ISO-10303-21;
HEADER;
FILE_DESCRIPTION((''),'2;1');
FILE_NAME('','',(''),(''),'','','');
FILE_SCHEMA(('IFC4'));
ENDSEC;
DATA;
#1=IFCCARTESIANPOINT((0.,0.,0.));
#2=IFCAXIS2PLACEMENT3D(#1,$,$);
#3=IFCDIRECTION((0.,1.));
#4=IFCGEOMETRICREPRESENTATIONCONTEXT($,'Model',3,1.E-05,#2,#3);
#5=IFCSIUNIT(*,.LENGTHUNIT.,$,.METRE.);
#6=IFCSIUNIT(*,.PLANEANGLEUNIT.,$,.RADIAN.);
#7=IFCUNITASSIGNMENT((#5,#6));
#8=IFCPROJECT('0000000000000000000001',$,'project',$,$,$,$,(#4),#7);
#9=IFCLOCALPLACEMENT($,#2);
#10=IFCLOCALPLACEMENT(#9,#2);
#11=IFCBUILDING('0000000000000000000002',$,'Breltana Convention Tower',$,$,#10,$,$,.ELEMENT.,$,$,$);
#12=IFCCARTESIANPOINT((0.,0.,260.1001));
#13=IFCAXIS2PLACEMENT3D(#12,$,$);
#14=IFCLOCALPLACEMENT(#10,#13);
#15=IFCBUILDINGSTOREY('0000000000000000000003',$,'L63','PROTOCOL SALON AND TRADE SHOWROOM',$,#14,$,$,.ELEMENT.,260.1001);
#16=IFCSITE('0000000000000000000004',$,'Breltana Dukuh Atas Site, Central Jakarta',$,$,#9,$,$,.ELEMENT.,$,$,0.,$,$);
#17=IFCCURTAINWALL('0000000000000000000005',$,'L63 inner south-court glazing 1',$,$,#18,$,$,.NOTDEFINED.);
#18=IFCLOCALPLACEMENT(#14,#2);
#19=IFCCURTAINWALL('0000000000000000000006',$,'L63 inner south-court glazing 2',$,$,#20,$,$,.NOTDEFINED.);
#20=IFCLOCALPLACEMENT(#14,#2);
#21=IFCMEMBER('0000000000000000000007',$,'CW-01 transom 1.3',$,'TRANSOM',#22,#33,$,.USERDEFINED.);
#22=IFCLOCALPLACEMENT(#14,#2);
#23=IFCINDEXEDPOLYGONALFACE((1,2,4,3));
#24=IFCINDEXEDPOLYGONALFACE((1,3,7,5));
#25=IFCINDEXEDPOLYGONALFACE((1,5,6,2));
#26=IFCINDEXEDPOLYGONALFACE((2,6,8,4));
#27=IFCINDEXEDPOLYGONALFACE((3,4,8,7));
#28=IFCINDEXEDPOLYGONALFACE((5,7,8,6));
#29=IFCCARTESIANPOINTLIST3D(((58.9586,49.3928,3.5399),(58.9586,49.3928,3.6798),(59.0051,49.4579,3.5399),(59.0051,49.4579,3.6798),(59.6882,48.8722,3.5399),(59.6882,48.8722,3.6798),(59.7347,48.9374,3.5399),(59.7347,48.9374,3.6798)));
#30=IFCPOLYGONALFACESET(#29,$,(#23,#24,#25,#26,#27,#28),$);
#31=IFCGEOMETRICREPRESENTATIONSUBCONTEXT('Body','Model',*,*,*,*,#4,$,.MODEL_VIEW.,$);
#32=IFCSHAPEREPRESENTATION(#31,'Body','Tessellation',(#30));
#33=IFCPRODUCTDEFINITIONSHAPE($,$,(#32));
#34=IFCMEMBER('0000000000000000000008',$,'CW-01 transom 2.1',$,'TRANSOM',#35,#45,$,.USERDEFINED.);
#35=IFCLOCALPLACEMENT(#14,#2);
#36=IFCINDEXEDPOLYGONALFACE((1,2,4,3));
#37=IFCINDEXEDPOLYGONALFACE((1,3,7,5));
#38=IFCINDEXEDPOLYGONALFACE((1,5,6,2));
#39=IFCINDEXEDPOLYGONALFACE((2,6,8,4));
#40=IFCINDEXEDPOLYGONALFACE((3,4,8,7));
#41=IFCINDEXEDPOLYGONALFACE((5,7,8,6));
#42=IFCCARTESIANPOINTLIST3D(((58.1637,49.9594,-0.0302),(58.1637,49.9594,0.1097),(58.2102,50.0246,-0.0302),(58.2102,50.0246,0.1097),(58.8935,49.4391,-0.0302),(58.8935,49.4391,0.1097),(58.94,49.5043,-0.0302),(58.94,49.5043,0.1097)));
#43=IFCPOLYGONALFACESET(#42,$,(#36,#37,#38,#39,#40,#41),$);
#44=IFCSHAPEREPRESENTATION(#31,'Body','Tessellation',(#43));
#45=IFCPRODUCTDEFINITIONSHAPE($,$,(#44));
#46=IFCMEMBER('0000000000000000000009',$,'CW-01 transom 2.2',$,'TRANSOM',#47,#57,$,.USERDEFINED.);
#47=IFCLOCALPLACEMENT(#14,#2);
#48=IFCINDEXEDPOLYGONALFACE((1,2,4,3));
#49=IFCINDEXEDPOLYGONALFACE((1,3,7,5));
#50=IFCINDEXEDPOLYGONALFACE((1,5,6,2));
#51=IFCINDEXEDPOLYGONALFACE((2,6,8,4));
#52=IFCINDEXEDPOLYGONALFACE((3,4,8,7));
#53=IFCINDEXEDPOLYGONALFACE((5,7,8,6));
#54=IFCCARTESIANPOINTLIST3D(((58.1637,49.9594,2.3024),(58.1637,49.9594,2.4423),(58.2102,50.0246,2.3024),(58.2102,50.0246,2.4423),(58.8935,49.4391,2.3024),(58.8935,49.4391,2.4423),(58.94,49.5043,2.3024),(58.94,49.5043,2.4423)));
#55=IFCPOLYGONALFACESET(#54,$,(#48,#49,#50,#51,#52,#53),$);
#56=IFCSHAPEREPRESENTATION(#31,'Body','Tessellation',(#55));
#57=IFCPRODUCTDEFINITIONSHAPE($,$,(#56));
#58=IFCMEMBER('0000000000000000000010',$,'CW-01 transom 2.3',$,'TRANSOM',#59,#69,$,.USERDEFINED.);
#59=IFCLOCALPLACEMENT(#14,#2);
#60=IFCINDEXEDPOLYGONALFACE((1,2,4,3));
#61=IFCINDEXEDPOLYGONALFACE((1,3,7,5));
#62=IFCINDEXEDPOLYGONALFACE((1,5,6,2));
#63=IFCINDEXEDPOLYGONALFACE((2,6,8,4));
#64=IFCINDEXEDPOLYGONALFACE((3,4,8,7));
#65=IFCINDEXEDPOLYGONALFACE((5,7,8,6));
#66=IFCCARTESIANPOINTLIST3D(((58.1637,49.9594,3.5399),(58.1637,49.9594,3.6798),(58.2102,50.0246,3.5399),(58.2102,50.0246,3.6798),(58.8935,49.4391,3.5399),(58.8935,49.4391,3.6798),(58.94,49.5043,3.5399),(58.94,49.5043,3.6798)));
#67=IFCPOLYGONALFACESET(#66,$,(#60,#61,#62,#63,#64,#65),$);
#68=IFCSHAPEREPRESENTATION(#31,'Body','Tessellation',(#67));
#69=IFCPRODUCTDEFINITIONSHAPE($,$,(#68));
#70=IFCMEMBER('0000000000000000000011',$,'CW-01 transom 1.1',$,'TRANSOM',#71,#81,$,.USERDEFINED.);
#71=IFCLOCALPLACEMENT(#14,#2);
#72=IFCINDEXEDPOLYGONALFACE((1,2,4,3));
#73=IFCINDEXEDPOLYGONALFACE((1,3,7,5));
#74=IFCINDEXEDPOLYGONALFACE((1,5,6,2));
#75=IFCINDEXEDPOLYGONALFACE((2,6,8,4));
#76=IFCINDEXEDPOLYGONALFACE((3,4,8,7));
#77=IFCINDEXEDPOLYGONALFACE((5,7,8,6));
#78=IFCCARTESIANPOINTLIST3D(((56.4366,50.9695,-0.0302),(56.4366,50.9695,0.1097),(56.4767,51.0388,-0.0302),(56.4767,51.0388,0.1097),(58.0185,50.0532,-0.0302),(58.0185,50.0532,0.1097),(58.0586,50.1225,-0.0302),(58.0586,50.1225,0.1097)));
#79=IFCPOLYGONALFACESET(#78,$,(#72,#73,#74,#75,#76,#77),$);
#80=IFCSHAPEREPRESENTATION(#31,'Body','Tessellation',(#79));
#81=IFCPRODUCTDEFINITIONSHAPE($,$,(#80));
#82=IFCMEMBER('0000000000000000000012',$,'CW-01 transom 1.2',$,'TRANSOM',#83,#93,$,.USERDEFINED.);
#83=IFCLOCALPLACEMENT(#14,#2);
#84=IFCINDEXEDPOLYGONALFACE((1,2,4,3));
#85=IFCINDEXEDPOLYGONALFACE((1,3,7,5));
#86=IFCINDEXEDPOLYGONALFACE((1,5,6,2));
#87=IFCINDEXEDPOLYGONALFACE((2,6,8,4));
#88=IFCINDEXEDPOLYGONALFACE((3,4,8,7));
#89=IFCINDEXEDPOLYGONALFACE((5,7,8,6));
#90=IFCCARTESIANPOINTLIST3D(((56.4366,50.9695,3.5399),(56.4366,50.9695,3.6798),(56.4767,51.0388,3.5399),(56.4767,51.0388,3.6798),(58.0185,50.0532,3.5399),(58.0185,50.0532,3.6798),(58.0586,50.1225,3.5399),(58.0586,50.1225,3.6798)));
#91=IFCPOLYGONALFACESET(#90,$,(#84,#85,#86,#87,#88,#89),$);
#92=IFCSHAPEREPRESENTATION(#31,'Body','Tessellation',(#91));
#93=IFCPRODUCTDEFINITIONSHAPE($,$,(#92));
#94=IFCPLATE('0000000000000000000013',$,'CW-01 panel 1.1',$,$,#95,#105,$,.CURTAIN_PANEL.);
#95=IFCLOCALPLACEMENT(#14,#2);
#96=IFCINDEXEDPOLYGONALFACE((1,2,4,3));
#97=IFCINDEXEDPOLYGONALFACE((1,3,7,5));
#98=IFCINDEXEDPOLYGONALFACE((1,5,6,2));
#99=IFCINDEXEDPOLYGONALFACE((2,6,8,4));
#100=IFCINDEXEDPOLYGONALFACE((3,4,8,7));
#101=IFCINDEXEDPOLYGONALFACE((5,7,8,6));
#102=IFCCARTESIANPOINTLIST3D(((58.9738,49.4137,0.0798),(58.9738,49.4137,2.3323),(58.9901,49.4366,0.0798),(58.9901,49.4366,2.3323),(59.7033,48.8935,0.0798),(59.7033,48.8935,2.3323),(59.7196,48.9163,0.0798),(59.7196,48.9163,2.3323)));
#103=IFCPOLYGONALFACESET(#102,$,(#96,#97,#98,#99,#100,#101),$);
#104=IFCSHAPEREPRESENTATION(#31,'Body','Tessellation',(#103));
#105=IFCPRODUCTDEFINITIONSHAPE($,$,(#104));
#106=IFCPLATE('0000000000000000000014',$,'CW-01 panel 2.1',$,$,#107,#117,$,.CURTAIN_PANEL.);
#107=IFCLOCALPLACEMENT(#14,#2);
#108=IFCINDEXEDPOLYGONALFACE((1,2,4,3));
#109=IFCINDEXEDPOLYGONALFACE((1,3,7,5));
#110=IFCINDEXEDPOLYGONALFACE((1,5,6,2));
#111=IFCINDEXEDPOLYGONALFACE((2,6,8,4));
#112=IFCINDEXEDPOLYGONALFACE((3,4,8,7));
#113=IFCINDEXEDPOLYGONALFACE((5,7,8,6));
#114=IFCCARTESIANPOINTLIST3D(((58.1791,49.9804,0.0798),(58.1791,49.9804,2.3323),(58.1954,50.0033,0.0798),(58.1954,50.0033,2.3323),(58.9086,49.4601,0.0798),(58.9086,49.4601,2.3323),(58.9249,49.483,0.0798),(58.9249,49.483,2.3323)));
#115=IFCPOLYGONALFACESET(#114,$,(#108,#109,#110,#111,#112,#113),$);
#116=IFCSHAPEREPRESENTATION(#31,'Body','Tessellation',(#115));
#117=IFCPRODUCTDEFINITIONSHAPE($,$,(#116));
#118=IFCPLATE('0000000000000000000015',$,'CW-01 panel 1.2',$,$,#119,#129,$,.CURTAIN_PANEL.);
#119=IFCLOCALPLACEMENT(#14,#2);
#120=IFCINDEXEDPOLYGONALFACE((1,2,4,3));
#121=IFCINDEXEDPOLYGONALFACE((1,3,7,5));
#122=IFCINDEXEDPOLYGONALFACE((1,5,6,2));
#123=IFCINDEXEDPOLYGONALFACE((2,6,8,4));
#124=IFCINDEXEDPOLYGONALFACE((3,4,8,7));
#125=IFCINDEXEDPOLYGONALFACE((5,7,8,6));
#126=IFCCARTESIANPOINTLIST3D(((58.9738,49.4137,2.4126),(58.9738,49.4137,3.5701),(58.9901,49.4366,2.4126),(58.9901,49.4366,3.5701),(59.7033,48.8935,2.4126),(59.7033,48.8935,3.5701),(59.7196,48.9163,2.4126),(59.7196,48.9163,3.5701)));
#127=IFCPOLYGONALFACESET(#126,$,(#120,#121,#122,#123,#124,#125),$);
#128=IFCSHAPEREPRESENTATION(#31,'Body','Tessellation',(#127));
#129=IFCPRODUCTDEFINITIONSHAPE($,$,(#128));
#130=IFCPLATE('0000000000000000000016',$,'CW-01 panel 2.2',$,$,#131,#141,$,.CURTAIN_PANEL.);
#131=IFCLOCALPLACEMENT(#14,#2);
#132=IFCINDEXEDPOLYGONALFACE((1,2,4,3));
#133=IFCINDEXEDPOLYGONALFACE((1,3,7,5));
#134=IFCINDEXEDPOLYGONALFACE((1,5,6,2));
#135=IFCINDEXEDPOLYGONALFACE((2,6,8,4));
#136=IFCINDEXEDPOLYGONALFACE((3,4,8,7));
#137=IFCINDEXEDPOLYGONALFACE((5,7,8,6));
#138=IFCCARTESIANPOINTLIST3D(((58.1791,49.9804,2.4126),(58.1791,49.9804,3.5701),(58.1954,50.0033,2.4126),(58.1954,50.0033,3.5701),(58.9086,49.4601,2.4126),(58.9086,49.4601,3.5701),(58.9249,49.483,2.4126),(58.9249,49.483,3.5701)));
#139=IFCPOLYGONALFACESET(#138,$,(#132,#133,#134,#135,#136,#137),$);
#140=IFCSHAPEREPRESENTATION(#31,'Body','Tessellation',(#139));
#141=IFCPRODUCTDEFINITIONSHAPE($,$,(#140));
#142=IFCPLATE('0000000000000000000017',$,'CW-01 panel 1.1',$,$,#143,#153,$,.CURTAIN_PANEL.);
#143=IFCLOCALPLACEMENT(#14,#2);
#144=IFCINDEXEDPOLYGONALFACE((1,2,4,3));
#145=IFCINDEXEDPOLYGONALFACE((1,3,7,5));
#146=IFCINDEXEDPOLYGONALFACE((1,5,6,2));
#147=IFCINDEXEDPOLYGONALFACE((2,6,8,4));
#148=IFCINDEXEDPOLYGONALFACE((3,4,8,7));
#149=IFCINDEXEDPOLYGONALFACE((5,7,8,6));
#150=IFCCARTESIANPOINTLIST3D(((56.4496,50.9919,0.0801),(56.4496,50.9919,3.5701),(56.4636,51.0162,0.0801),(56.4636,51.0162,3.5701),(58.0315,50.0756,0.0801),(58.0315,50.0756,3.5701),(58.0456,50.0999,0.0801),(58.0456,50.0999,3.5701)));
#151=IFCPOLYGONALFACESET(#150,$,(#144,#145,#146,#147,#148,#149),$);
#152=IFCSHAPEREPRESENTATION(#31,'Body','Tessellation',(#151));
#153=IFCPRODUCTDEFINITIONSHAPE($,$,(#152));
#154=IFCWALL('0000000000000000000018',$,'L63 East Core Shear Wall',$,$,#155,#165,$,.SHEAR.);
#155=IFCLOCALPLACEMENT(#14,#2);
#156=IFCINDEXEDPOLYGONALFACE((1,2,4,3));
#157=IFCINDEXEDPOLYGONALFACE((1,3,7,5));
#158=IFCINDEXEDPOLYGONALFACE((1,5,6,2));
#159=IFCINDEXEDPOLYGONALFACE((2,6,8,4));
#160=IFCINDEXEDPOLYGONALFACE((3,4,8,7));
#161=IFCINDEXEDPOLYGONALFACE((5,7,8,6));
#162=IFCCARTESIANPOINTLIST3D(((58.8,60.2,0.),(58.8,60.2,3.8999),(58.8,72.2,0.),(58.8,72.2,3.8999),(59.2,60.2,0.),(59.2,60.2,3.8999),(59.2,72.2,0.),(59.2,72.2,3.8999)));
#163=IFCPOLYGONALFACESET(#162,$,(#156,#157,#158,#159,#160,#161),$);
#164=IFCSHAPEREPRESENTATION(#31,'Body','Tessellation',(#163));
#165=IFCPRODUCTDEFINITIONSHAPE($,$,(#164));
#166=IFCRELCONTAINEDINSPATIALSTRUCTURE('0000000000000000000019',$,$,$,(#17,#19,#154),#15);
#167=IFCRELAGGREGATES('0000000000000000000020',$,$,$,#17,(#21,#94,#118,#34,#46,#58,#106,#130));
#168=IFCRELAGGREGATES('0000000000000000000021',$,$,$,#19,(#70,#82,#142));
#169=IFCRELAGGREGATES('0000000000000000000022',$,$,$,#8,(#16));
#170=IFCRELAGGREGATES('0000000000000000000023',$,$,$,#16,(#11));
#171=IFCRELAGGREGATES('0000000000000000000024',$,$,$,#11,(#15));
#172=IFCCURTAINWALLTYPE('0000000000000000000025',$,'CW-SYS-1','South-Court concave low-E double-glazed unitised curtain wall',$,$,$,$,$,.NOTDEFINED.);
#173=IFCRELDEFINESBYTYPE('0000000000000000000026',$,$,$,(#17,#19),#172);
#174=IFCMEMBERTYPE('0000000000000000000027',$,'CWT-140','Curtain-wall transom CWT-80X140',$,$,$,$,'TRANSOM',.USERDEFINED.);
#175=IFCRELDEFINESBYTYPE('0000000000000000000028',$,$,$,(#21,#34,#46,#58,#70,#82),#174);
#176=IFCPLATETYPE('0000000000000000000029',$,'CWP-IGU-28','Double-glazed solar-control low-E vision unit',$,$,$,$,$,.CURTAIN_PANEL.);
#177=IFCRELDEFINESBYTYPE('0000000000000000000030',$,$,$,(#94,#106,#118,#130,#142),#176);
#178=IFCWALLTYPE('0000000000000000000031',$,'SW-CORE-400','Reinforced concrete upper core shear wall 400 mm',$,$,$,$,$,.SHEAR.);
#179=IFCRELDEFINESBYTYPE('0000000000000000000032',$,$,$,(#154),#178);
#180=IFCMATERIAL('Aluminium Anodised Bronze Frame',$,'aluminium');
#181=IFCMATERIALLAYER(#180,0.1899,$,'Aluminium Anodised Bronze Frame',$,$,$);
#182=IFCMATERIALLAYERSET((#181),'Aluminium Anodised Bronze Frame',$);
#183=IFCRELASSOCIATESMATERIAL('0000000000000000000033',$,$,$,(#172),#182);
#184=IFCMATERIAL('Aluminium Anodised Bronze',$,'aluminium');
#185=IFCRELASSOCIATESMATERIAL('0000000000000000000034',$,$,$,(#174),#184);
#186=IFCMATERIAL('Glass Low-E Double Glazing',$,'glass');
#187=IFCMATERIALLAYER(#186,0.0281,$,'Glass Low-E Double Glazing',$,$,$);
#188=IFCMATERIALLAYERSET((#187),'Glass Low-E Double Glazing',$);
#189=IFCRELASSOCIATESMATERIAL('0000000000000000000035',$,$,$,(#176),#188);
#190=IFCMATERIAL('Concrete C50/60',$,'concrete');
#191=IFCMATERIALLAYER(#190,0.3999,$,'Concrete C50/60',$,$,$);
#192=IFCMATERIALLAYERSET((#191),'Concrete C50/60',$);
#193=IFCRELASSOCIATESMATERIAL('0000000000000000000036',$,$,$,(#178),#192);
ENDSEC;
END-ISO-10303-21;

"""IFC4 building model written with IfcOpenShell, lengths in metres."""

from ifc_helpers import new_model, si_unit, direction, frame, frame_2d, origin, origin_2d, place, context, subcontext, project, spatial, rectangle, extrude, source, transform, mapped, material, layer, layer_set, material_profile, profile_set, type_object, element, aggregate, save


model = new_model("IFC4")

# Units and contexts
model_context = context("Model", 3, precision=1e-05, world=origin(), true_north=direction((0.0, 1.0)))
body_context = subcontext(model_context, "Body", "Model", "MODEL_VIEW")
ifc_project = project(units=[si_unit("LENGTHUNIT", "METRE"), si_unit("PLANEANGLEUNIT", "RADIAN")], contexts=[model_context])

# Site, building, storey
site_placement = place(None, origin())
site = spatial("IfcSite", under=ifc_project, at=site_placement, Name="Breltana Dukuh Atas Site, Central Jakarta", CompositionType="ELEMENT", RefElevation=0.0)
building_placement = place(site_placement, origin())
building = spatial("IfcBuilding", under=site, at=building_placement, Name="Breltana Convention Tower", CompositionType="ELEMENT")
storey_placement = place(building_placement, frame((0.0, 0.0, 260.1001)))
storey = spatial("IfcBuildingStorey", under=building, at=storey_placement, Name="L63", Description="PROTOCOL SALON AND TRADE SHOWROOM", CompositionType="ELEMENT", Elevation=260.1001)

# Curtain walls
ifc_material_1 = material(Name="Aluminium Anodised Bronze Frame", Category="aluminium")
ifc_layer_1 = layer(ifc_material_1, 0.1899, Name="Aluminium Anodised Bronze Frame")
ifc_layer_set_1 = layer_set([ifc_layer_1], Name="Aluminium Anodised Bronze Frame")
curtain_wall_type = type_object("IfcCurtainWallType", Name="CW-SYS-1", Description="South-Court concave low-E double-glazed unitised curtain wall", PredefinedType="NOTDEFINED", material=ifc_layer_set_1)
curtain_wall_1_placement = place(storey_placement, origin())
curtain_wall_1 = element("IfcCurtainWall", 1, at=curtain_wall_1_placement, inside=storey, type_object=curtain_wall_type, Name="L63 inner south-court glazing 1", PredefinedType="NOTDEFINED")
ifc_material_2 = material(Name="Aluminium Anodised Bronze", Category="aluminium")
curtain_wall_2_placement = place(storey_placement, origin())
curtain_wall_2 = element("IfcCurtainWall", 2, at=curtain_wall_2_placement, inside=storey, type_object=curtain_wall_type, Name="L63 inner south-court glazing 2", PredefinedType="NOTDEFINED")

# Members
ifc_material_profile_1 = material_profile(ifc_material_2, rectangle(XDim=0.0801, YDim=0.1399, at=origin_2d()), Name="CWT-80X140")
ifc_profile_set_1 = profile_set([ifc_material_profile_1], Name="Aluminium Anodised Bronze")
member_type_1 = type_object("IfcMemberType", Name="CWT-140", Description="Curtain-wall transom CWT-80X140", ElementType="TRANSOM", PredefinedType="USERDEFINED", material=ifc_profile_set_1)
shared_shape_1 = source(origin(), body_context, "Body", "SweptSolid", [
    extrude(rectangle(XDim=0.0801, YDim=0.1399, at=origin_2d()), origin(), (0.0, 0.0, 1.0), 0.8962),
])
member_1_placement = place(storey_placement, frame((59.7114, 48.9048, 3.6099), z_axis=(-0.814028, 0.580826, 0.0), x_axis=(-0.580826, -0.814028, 0.0)))
member_1 = element("IfcMember", 3, at=member_1_placement, type_object=member_type_1, Name="CW-01 transom 1.3", ObjectType="TRANSOM", PredefinedType="USERDEFINED", context=body_context, shape_type="MappedRepresentation", body=[
    mapped(shared_shape_1, transform((0.0, 0.0, 0.0), scale=1.0)),
])
member_2_placement = place(storey_placement, frame((58.9167, 49.4717, 0.0398), z_axis=(-0.814249, 0.580516, 0.0), x_axis=(-0.580516, -0.814249, 0.0)))
member_2 = element("IfcMember", 4, at=member_2_placement, type_object=member_type_1, Name="CW-01 transom 2.1", ObjectType="TRANSOM", PredefinedType="USERDEFINED", context=body_context, shape_type="MappedRepresentation", body=[
    mapped(shared_shape_1, transform((0.0, 0.0, 0.0), scale=1.0)),
])
member_3_placement = place(storey_placement, frame((58.9167, 49.4717, 2.3723), z_axis=(-0.814249, 0.580516, 0.0), x_axis=(-0.580516, -0.814249, 0.0)))
member_3 = element("IfcMember", 5, at=member_3_placement, type_object=member_type_1, Name="CW-01 transom 2.2", ObjectType="TRANSOM", PredefinedType="USERDEFINED", context=body_context, shape_type="MappedRepresentation", body=[
    mapped(shared_shape_1, transform((0.0, 0.0, 0.0), scale=1.0)),
])
member_4_placement = place(storey_placement, frame((58.9167, 49.4717, 3.6099), z_axis=(-0.814249, 0.580516, 0.0), x_axis=(-0.580516, -0.814249, 0.0)))
member_4 = element("IfcMember", 6, at=member_4_placement, type_object=member_type_1, Name="CW-01 transom 2.3", ObjectType="TRANSOM", PredefinedType="USERDEFINED", context=body_context, shape_type="MappedRepresentation", body=[
    mapped(shared_shape_1, transform((0.0, 0.0, 0.0), scale=1.0)),
])
shared_shape_2 = source(origin(), body_context, "Body", "SweptSolid", [
    extrude(rectangle(XDim=0.0801, YDim=0.1399, at=origin_2d()), origin(), (0.0, 0.0, 1.0), 1.8281),
])
member_5_placement = place(storey_placement, frame((58.0386, 50.0879, 0.0398), z_axis=(-0.865344, 0.501178, 0.0), x_axis=(-0.501178, -0.865344, 0.0)))
member_5 = element("IfcMember", 7, at=member_5_placement, type_object=member_type_1, Name="CW-01 transom 1.1", ObjectType="TRANSOM", PredefinedType="USERDEFINED", context=body_context, shape_type="MappedRepresentation", body=[
    mapped(shared_shape_2, transform((0.0, 0.0, 0.0), scale=1.0)),
])
member_6_placement = place(storey_placement, frame((58.0386, 50.0879, 3.6099), z_axis=(-0.865344, 0.501178, 0.0), x_axis=(-0.501178, -0.865344, 0.0)))
member_6 = element("IfcMember", 8, at=member_6_placement, type_object=member_type_1, Name="CW-01 transom 1.2", ObjectType="TRANSOM", PredefinedType="USERDEFINED", context=body_context, shape_type="MappedRepresentation", body=[
    mapped(shared_shape_2, transform((0.0, 0.0, 0.0), scale=1.0)),
])

# Plates
ifc_material_3 = material(Name="Glass Low-E Double Glazing", Category="glass")
ifc_layer_2 = layer(ifc_material_3, 0.0281, Name="Glass Low-E Double Glazing")
ifc_layer_set_2 = layer_set([ifc_layer_2], Name="Glass Low-E Double Glazing")
plate_type = type_object("IfcPlateType", Name="CWP-IGU-28", Description="Double-glazed solar-control low-E vision unit", PredefinedType="CURTAIN_PANEL", material=ifc_layer_set_2)
shared_shape_3 = source(origin(), body_context, "Body", "SweptSolid", [
    extrude(rectangle(XDim=0.896, YDim=0.0281, at=origin_2d()), origin(), (0.0, 0.0, 1.0), 2.2524),
])
plate_1_placement = place(storey_placement, frame((59.3467, 49.165, 0.0798), z_axis=(0.0, 0.0, 1.0), x_axis=(-0.814149, 0.580656, 0.0)))
plate_1 = element("IfcPlate", 9, at=plate_1_placement, type_object=plate_type, Name="CW-01 panel 1.1", PredefinedType="CURTAIN_PANEL", context=body_context, shape_type="MappedRepresentation", body=[
    mapped(shared_shape_3, transform((0.0, 0.0, 0.0), scale=1.0)),
])
plate_2_placement = place(storey_placement, frame((58.552, 49.7317, 0.0798), z_axis=(0.0, 0.0, 1.0), x_axis=(-0.814149, 0.580656, 0.0)))
plate_2 = element("IfcPlate", 10, at=plate_2_placement, type_object=plate_type, Name="CW-01 panel 2.1", PredefinedType="CURTAIN_PANEL", context=body_context, shape_type="MappedRepresentation", body=[
    mapped(shared_shape_3, transform((0.0, 0.0, 0.0), scale=1.0)),
])
shared_shape_4 = source(origin(), body_context, "Body", "SweptSolid", [
    extrude(rectangle(XDim=0.896, YDim=0.0281, at=origin_2d()), origin(), (0.0, 0.0, 1.0), 1.1575),
])
plate_3_placement = place(storey_placement, frame((59.3467, 49.165, 2.4126), z_axis=(0.0, 0.0, 1.0), x_axis=(-0.814149, 0.580656, 0.0)))
plate_3 = element("IfcPlate", 11, at=plate_3_placement, type_object=plate_type, Name="CW-01 panel 1.2", PredefinedType="CURTAIN_PANEL", context=body_context, shape_type="MappedRepresentation", body=[
    mapped(shared_shape_4, transform((0.0, 0.0, 0.0), scale=1.0)),
])
plate_4_placement = place(storey_placement, frame((58.552, 49.7317, 2.4126), z_axis=(0.0, 0.0, 1.0), x_axis=(-0.814149, 0.580656, 0.0)))
plate_4 = element("IfcPlate", 12, at=plate_4_placement, type_object=plate_type, Name="CW-01 panel 2.2", PredefinedType="CURTAIN_PANEL", context=body_context, shape_type="MappedRepresentation", body=[
    mapped(shared_shape_4, transform((0.0, 0.0, 0.0), scale=1.0)),
])
aggregate(curtain_wall_1, [member_1, plate_1, plate_3, member_2, member_3, member_4, plate_2, plate_4])
shared_shape_5 = source(origin(), body_context, "Body", "SweptSolid", [
    extrude(rectangle(XDim=1.8281, YDim=0.0281, at=origin_2d()), origin(), (0.0, 0.0, 1.0), 3.49),
])
plate_5_placement = place(storey_placement, frame((57.2476, 50.5459, 0.0801), z_axis=(0.0, 0.0, 1.0), x_axis=(-0.865322, 0.501217, 0.0)))
plate_5 = element("IfcPlate", 13, at=plate_5_placement, type_object=plate_type, Name="CW-01 panel 1.1", PredefinedType="CURTAIN_PANEL", context=body_context, shape_type="MappedRepresentation", body=[
    mapped(shared_shape_5, transform((0.0, 0.0, 0.0), scale=1.0)),
])
aggregate(curtain_wall_2, [member_5, member_6, plate_5])

# Wall
ifc_material_4 = material(Name="Concrete C50/60", Category="concrete")
ifc_layer_3 = layer(ifc_material_4, 0.3999, Name="Concrete C50/60")
ifc_layer_set_3 = layer_set([ifc_layer_3], Name="Concrete C50/60")
wall_type_1 = type_object("IfcWallType", Name="SW-CORE-400", Description="Reinforced concrete upper core shear wall 400 mm", PredefinedType="SHEAR", material=ifc_layer_set_3)
shared_shape_6 = source(origin(), body_context, "Body", "SweptSolid", [
    extrude(rectangle(XDim=12.0, YDim=0.3999, at=frame_2d((6.0, 0.0))), origin(), (0.0, 0.0, 1.0), 3.8999),
])
wall_1_placement = place(storey_placement, frame((59.0, 60.2, 0.0), z_axis=(0.0, 0.0, 1.0), x_axis=(0.0, 1.0, 0.0)))
element("IfcWall", 14, at=wall_1_placement, inside=storey, type_object=wall_type_1, Name="L63 East Core Shear Wall", PredefinedType="SHEAR", context=body_context, shape_type="MappedRepresentation", body=[
    mapped(shared_shape_6, transform((0.0, 0.0, 0.0), scale=1.0)),
])

save(model, "model.ifc")
